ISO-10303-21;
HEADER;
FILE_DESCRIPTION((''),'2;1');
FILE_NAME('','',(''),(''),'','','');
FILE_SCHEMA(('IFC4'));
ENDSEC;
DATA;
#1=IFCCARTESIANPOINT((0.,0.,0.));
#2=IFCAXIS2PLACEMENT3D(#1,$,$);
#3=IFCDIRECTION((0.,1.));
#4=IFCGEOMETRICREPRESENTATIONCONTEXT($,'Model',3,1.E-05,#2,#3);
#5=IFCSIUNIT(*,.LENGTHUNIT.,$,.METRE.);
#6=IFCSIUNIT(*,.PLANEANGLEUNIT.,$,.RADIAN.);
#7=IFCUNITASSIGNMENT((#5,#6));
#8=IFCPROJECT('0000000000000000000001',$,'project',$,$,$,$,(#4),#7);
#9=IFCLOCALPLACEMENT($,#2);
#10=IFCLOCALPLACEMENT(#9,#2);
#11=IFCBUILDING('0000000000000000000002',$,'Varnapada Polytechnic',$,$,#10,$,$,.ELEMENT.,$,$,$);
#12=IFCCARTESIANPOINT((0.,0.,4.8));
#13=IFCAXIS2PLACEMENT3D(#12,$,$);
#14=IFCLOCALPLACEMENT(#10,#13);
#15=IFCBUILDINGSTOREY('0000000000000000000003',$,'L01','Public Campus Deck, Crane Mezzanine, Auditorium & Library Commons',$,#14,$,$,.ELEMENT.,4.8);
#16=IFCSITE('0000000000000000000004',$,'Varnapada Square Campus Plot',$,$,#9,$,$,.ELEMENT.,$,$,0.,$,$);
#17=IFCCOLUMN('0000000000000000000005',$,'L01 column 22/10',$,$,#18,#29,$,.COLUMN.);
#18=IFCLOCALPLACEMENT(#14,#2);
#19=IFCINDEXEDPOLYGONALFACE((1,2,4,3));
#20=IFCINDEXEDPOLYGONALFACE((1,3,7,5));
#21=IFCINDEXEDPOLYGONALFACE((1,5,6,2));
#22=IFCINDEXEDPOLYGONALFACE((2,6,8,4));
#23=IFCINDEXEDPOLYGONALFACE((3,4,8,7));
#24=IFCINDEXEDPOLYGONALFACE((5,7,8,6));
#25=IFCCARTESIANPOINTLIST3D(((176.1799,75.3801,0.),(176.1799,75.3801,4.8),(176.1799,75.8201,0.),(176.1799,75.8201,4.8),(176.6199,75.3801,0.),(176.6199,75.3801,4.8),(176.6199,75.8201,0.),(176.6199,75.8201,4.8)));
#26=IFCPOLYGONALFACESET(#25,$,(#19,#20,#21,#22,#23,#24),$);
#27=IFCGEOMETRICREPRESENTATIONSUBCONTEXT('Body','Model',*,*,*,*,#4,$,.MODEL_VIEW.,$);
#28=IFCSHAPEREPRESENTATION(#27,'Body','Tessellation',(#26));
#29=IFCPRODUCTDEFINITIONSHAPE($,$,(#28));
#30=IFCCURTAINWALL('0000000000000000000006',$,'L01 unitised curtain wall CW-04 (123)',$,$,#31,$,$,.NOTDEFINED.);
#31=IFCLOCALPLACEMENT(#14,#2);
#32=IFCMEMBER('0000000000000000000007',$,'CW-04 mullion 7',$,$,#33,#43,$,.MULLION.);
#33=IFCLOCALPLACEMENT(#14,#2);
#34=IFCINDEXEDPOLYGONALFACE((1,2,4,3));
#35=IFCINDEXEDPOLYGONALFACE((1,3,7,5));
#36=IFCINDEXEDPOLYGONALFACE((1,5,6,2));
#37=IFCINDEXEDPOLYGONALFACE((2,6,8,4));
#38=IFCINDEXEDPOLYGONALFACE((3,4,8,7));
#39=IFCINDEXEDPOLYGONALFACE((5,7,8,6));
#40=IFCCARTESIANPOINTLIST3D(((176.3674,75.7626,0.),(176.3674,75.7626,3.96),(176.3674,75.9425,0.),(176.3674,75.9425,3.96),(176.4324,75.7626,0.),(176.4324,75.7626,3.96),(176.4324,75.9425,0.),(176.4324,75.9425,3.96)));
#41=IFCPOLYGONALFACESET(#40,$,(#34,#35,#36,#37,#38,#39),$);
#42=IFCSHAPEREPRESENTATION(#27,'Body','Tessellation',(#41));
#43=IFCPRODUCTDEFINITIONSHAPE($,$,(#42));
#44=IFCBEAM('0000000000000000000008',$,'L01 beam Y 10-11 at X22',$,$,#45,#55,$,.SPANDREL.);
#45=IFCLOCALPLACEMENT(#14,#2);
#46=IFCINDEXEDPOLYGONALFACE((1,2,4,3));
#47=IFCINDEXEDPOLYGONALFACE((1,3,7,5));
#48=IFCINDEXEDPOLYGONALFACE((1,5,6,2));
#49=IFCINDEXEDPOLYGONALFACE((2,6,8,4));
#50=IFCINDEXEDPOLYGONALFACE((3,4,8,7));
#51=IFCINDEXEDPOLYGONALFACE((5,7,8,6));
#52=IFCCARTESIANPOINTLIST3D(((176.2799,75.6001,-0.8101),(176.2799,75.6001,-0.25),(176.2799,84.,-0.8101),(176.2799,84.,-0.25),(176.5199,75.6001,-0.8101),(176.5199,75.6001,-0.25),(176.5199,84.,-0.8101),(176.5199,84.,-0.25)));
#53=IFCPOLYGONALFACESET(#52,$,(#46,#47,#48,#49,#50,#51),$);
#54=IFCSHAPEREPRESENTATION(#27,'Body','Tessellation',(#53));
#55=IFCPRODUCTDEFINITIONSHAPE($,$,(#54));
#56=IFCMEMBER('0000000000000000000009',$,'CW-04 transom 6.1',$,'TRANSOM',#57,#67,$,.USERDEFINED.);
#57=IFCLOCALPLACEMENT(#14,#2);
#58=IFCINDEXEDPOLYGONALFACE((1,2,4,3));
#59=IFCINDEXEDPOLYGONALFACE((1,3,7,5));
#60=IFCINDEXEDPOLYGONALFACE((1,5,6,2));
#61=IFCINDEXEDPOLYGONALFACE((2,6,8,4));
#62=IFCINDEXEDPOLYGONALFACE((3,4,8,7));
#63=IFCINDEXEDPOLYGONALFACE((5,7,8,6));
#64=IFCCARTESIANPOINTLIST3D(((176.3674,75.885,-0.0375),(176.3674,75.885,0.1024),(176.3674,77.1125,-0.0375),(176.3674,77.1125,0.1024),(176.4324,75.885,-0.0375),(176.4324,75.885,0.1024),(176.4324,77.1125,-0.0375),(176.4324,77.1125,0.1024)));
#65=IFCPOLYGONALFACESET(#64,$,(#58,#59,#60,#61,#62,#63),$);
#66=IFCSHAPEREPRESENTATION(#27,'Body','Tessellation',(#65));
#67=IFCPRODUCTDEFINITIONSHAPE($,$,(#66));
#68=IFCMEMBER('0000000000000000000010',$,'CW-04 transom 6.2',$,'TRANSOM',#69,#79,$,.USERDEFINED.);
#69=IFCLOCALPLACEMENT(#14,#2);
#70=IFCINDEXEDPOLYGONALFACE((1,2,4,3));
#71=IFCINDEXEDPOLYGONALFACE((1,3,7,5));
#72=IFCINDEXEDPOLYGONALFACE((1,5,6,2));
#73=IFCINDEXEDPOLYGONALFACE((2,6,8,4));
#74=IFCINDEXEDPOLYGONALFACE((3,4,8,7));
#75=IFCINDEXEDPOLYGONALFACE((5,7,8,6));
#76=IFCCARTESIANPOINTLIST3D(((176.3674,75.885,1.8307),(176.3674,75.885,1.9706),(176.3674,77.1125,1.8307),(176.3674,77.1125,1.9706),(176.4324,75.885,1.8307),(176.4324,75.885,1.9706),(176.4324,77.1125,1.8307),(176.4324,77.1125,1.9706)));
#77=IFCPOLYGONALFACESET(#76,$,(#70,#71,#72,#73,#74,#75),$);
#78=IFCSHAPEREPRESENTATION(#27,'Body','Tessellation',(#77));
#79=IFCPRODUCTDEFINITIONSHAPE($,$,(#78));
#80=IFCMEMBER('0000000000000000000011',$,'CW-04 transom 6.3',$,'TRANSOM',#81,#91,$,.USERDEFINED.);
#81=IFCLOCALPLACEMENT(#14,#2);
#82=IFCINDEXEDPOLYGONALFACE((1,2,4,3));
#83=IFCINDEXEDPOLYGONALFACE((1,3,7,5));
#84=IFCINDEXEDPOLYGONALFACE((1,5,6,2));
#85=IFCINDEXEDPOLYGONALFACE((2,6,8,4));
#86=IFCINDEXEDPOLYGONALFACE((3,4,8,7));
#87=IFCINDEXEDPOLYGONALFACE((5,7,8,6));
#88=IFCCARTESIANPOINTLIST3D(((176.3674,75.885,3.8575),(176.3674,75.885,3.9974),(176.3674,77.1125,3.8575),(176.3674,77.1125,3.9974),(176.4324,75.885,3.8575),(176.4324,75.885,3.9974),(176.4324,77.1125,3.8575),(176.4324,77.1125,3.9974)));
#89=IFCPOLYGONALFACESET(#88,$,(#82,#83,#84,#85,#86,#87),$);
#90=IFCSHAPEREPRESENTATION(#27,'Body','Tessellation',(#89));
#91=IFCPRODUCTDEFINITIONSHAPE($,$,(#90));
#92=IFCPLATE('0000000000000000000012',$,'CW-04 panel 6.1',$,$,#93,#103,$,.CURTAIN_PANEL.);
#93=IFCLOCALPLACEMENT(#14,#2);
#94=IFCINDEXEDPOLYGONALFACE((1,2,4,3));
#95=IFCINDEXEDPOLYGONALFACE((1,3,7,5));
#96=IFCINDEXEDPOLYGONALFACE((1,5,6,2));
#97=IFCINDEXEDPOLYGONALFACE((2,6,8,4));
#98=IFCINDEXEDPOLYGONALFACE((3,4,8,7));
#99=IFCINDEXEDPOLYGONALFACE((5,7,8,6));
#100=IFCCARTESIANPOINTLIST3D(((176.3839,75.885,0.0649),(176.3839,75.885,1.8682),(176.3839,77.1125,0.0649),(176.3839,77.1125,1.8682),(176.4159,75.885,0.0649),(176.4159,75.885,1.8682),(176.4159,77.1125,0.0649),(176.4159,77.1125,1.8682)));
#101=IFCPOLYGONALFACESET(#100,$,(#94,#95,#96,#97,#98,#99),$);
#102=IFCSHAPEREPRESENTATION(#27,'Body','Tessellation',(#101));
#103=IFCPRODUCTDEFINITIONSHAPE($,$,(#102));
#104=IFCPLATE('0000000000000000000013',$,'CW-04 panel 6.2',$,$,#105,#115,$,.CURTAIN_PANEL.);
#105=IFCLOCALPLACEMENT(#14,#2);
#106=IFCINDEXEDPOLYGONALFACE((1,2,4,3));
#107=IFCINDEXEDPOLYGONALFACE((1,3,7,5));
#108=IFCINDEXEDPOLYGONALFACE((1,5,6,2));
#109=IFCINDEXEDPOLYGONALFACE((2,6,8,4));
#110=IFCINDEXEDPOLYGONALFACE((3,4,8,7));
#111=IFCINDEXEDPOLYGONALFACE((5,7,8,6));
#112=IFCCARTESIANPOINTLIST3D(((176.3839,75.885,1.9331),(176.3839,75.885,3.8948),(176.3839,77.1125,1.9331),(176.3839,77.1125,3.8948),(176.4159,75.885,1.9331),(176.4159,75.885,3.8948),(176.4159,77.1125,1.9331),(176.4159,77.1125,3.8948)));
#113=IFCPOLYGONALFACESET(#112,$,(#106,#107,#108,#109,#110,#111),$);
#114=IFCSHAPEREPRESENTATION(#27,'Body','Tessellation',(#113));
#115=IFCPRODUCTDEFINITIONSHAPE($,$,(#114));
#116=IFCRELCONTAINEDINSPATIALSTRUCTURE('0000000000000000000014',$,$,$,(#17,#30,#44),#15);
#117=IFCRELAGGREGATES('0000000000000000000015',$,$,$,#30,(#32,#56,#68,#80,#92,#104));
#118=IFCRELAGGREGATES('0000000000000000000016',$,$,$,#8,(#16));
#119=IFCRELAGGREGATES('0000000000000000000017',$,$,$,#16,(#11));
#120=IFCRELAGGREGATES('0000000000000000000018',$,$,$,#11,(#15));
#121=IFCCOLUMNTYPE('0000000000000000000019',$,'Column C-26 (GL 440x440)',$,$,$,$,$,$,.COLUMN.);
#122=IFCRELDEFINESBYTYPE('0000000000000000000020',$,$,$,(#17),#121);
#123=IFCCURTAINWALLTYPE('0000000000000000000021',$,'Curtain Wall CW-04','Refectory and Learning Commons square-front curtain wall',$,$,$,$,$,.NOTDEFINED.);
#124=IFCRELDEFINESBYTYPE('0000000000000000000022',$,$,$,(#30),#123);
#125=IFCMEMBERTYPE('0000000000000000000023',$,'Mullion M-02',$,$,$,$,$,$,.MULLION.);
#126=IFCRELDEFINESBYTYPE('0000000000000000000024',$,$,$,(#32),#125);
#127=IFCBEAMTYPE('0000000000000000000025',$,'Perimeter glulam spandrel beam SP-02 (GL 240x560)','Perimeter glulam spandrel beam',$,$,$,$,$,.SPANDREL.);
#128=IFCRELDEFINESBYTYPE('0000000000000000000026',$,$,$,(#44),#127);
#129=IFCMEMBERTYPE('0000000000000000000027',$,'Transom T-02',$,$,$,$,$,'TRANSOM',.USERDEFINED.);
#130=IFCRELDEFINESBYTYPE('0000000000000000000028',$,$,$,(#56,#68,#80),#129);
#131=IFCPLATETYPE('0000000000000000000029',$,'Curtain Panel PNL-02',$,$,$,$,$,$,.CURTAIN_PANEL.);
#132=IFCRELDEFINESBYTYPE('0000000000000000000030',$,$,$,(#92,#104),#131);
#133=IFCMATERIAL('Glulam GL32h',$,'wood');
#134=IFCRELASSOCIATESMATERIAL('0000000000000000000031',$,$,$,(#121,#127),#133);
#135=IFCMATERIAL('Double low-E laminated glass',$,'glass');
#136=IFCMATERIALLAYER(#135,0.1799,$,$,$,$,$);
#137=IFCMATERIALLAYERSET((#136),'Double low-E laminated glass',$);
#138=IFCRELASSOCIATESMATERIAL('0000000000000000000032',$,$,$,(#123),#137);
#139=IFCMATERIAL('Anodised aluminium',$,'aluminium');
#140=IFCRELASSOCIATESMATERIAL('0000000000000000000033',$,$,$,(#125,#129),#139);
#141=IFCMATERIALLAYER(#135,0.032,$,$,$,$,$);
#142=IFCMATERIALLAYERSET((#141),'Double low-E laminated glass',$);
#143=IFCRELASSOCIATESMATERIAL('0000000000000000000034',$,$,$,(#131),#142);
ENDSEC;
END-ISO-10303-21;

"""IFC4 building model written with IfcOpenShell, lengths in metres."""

from ifc_helpers import new_model, si_unit, direction, frame, origin, origin_2d, place, context, subcontext, project, spatial, rectangle, extrude, material, layer, layer_set, material_profile, profile_set, type_object, element, aggregate, save


model = new_model("IFC4")

# Units and contexts
model_context = context("Model", 3, precision=1e-05, world=origin(), true_north=direction((0.0, 1.0)))
body_context = subcontext(model_context, "Body", "Model", "MODEL_VIEW")
ifc_project = project(units=[si_unit("LENGTHUNIT", "METRE"), si_unit("PLANEANGLEUNIT", "RADIAN")], contexts=[model_context])

# Site, building, storey
site_placement = place(None, origin())
site = spatial("IfcSite", under=ifc_project, at=site_placement, Name="Varnapada Square Campus Plot", CompositionType="ELEMENT", RefElevation=0.0)
building_placement = place(site_placement, origin())
building = spatial("IfcBuilding", under=site, at=building_placement, Name="Varnapada Polytechnic", CompositionType="ELEMENT")
storey_placement = place(building_placement, frame((0.0, 0.0, 4.8)))
storey = spatial("IfcBuildingStorey", under=building, at=storey_placement, Name="L01", Description="Public Campus Deck, Crane Mezzanine, Auditorium & Library Commons", CompositionType="ELEMENT", Elevation=4.8)

# Column
ifc_material_1 = material(Name="Glulam GL32h", Category="wood")
ifc_material_profile_1 = material_profile(ifc_material_1, rectangle(XDim=0.4399, YDim=0.4399, at=origin_2d()), Name="GL 440x440")
ifc_profile_set_1 = profile_set([ifc_material_profile_1], Name="Glulam GL32h")
column_type = type_object("IfcColumnType", Name="Column C-26 (GL 440x440)", PredefinedType="COLUMN", material=ifc_profile_set_1)
column_placement = place(storey_placement, frame((176.3999, 75.6001, 0.0), z_axis=(0.0, 0.0, 1.0), x_axis=(1.0, 0.0, 0.0)))
element("IfcColumn", 1, at=column_placement, inside=storey, type_object=column_type, Name="L01 column 22/10", PredefinedType="COLUMN", context=body_context, shape_type="SweptSolid", body=[
    extrude(rectangle(XDim=0.4399, YDim=0.4399, at=origin_2d()), origin(), (0.0, 0.0, 1.0), 4.8),
])

# Curtain wall, member
ifc_material_2 = material(Name="Double low-E laminated glass", Category="glass")
ifc_layer_1 = layer(ifc_material_2, 0.1799)
ifc_layer_set_1 = layer_set([ifc_layer_1], Name="Double low-E laminated glass")
curtain_wall_type = type_object("IfcCurtainWallType", Name="Curtain Wall CW-04", Description="Refectory and Learning Commons square-front curtain wall", PredefinedType="NOTDEFINED", material=ifc_layer_set_1)
curtain_wall_placement = place(storey_placement, origin())
curtain_wall = element("IfcCurtainWall", 2, at=curtain_wall_placement, inside=storey, type_object=curtain_wall_type, Name="L01 unitised curtain wall CW-04 (123)", PredefinedType="NOTDEFINED")
ifc_material_3 = material(Name="Anodised aluminium", Category="aluminium")
ifc_material_profile_2 = material_profile(ifc_material_3, rectangle(XDim=0.0649, YDim=0.1799, at=origin_2d()), Name="ALU M65x180")
ifc_profile_set_2 = profile_set([ifc_material_profile_2], Name="Anodised aluminium")
member_type_1 = type_object("IfcMemberType", Name="Mullion M-02", PredefinedType="MULLION", material=ifc_profile_set_2)
member_1_placement = place(storey_placement, frame((176.3999, 75.8525, 0.0), z_axis=(0.0, 0.0, 1.0), x_axis=(1.0, 0.0, 0.0)))
member_1 = element("IfcMember", 3, at=member_1_placement, type_object=member_type_1, Name="CW-04 mullion 7", PredefinedType="MULLION", context=body_context, shape_type="SweptSolid", body=[
    extrude(rectangle(XDim=0.0649, YDim=0.1799, at=origin_2d()), origin(), (0.0, 0.0, 1.0), 3.96),
])

# Beam
ifc_material_profile_3 = material_profile(ifc_material_1, rectangle(XDim=0.24, YDim=0.5601, at=origin_2d()), Name="GL 240x560")
ifc_profile_set_3 = profile_set([ifc_material_profile_3], Name="Glulam GL32h")
beam_type = type_object("IfcBeamType", Name="Perimeter glulam spandrel beam SP-02 (GL 240x560)", Description="Perimeter glulam spandrel beam", PredefinedType="SPANDREL", material=ifc_profile_set_3)
beam_placement = place(storey_placement, frame((176.3999, 75.6001, -0.53), z_axis=(0.0, 1.0, 0.0), x_axis=(-1.0, 0.0, 0.0)))
element("IfcBeam", 4, at=beam_placement, inside=storey, type_object=beam_type, Name="L01 beam Y 10-11 at X22", PredefinedType="SPANDREL", context=body_context, shape_type="SweptSolid", body=[
    extrude(rectangle(XDim=0.24, YDim=0.5601, at=origin_2d()), origin(), (0.0, 0.0, 1.0), 8.3999),
])

# Members
ifc_material_profile_4 = material_profile(ifc_material_3, rectangle(XDim=0.0649, YDim=0.1399, at=origin_2d()), Name="ALU T65x140")
ifc_profile_set_4 = profile_set([ifc_material_profile_4], Name="Anodised aluminium")
member_type_2 = type_object("IfcMemberType", Name="Transom T-02", ElementType="TRANSOM", PredefinedType="USERDEFINED", material=ifc_profile_set_4)
member_2_placement = place(storey_placement, frame((176.3999, 77.1125, 0.0325), z_axis=(0.0, -1.0, 0.0), x_axis=(1.0, 0.0, 0.0)))
member_2 = element("IfcMember", 5, at=member_2_placement, type_object=member_type_2, Name="CW-04 transom 6.1", ObjectType="TRANSOM", PredefinedType="USERDEFINED", context=body_context, shape_type="SweptSolid", body=[
    extrude(rectangle(XDim=0.0649, YDim=0.1399, at=origin_2d()), origin(), (0.0, 0.0, 1.0), 1.2275),
])
member_3_placement = place(storey_placement, frame((176.3999, 77.1125, 1.9006), z_axis=(0.0, -1.0, 0.0), x_axis=(1.0, 0.0, 0.0)))
member_3 = element("IfcMember", 6, at=member_3_placement, type_object=member_type_2, Name="CW-04 transom 6.2", ObjectType="TRANSOM", PredefinedType="USERDEFINED", context=body_context, shape_type="SweptSolid", body=[
    extrude(rectangle(XDim=0.0649, YDim=0.1399, at=origin_2d()), origin(), (0.0, 0.0, 1.0), 1.2275),
])
member_4_placement = place(storey_placement, frame((176.3999, 77.1125, 3.9275), z_axis=(0.0, -1.0, 0.0), x_axis=(1.0, 0.0, 0.0)))
member_4 = element("IfcMember", 7, at=member_4_placement, type_object=member_type_2, Name="CW-04 transom 6.3", ObjectType="TRANSOM", PredefinedType="USERDEFINED", context=body_context, shape_type="SweptSolid", body=[
    extrude(rectangle(XDim=0.0649, YDim=0.1399, at=origin_2d()), origin(), (0.0, 0.0, 1.0), 1.2275),
])

# Plates
ifc_layer_2 = layer(ifc_material_2, 0.032)
ifc_layer_set_2 = layer_set([ifc_layer_2], Name="Double low-E laminated glass")
plate_type = type_object("IfcPlateType", Name="Curtain Panel PNL-02", PredefinedType="CURTAIN_PANEL", material=ifc_layer_set_2)
plate_1_placement = place(storey_placement, frame((176.3999, 76.4988, 0.0649), z_axis=(0.0, 0.0, 1.0), x_axis=(0.0, -1.0, 0.0)))
plate_1 = element("IfcPlate", 8, at=plate_1_placement, type_object=plate_type, Name="CW-04 panel 6.1", PredefinedType="CURTAIN_PANEL", context=body_context, shape_type="SweptSolid", body=[
    extrude(rectangle(XDim=1.2275, YDim=0.032, at=origin_2d()), origin(), (0.0, 0.0, 1.0), 1.8032),
])
plate_2_placement = place(storey_placement, frame((176.3999, 76.4988, 1.9331), z_axis=(0.0, 0.0, 1.0), x_axis=(0.0, -1.0, 0.0)))
plate_2 = element("IfcPlate", 9, at=plate_2_placement, type_object=plate_type, Name="CW-04 panel 6.2", PredefinedType="CURTAIN_PANEL", context=body_context, shape_type="SweptSolid", body=[
    extrude(rectangle(XDim=1.2275, YDim=0.032, at=origin_2d()), origin(), (0.0, 0.0, 1.0), 1.9617),
])
aggregate(curtain_wall, [member_1, member_2, member_3, member_4, plate_1, plate_2])

save(model, "model.ifc")
